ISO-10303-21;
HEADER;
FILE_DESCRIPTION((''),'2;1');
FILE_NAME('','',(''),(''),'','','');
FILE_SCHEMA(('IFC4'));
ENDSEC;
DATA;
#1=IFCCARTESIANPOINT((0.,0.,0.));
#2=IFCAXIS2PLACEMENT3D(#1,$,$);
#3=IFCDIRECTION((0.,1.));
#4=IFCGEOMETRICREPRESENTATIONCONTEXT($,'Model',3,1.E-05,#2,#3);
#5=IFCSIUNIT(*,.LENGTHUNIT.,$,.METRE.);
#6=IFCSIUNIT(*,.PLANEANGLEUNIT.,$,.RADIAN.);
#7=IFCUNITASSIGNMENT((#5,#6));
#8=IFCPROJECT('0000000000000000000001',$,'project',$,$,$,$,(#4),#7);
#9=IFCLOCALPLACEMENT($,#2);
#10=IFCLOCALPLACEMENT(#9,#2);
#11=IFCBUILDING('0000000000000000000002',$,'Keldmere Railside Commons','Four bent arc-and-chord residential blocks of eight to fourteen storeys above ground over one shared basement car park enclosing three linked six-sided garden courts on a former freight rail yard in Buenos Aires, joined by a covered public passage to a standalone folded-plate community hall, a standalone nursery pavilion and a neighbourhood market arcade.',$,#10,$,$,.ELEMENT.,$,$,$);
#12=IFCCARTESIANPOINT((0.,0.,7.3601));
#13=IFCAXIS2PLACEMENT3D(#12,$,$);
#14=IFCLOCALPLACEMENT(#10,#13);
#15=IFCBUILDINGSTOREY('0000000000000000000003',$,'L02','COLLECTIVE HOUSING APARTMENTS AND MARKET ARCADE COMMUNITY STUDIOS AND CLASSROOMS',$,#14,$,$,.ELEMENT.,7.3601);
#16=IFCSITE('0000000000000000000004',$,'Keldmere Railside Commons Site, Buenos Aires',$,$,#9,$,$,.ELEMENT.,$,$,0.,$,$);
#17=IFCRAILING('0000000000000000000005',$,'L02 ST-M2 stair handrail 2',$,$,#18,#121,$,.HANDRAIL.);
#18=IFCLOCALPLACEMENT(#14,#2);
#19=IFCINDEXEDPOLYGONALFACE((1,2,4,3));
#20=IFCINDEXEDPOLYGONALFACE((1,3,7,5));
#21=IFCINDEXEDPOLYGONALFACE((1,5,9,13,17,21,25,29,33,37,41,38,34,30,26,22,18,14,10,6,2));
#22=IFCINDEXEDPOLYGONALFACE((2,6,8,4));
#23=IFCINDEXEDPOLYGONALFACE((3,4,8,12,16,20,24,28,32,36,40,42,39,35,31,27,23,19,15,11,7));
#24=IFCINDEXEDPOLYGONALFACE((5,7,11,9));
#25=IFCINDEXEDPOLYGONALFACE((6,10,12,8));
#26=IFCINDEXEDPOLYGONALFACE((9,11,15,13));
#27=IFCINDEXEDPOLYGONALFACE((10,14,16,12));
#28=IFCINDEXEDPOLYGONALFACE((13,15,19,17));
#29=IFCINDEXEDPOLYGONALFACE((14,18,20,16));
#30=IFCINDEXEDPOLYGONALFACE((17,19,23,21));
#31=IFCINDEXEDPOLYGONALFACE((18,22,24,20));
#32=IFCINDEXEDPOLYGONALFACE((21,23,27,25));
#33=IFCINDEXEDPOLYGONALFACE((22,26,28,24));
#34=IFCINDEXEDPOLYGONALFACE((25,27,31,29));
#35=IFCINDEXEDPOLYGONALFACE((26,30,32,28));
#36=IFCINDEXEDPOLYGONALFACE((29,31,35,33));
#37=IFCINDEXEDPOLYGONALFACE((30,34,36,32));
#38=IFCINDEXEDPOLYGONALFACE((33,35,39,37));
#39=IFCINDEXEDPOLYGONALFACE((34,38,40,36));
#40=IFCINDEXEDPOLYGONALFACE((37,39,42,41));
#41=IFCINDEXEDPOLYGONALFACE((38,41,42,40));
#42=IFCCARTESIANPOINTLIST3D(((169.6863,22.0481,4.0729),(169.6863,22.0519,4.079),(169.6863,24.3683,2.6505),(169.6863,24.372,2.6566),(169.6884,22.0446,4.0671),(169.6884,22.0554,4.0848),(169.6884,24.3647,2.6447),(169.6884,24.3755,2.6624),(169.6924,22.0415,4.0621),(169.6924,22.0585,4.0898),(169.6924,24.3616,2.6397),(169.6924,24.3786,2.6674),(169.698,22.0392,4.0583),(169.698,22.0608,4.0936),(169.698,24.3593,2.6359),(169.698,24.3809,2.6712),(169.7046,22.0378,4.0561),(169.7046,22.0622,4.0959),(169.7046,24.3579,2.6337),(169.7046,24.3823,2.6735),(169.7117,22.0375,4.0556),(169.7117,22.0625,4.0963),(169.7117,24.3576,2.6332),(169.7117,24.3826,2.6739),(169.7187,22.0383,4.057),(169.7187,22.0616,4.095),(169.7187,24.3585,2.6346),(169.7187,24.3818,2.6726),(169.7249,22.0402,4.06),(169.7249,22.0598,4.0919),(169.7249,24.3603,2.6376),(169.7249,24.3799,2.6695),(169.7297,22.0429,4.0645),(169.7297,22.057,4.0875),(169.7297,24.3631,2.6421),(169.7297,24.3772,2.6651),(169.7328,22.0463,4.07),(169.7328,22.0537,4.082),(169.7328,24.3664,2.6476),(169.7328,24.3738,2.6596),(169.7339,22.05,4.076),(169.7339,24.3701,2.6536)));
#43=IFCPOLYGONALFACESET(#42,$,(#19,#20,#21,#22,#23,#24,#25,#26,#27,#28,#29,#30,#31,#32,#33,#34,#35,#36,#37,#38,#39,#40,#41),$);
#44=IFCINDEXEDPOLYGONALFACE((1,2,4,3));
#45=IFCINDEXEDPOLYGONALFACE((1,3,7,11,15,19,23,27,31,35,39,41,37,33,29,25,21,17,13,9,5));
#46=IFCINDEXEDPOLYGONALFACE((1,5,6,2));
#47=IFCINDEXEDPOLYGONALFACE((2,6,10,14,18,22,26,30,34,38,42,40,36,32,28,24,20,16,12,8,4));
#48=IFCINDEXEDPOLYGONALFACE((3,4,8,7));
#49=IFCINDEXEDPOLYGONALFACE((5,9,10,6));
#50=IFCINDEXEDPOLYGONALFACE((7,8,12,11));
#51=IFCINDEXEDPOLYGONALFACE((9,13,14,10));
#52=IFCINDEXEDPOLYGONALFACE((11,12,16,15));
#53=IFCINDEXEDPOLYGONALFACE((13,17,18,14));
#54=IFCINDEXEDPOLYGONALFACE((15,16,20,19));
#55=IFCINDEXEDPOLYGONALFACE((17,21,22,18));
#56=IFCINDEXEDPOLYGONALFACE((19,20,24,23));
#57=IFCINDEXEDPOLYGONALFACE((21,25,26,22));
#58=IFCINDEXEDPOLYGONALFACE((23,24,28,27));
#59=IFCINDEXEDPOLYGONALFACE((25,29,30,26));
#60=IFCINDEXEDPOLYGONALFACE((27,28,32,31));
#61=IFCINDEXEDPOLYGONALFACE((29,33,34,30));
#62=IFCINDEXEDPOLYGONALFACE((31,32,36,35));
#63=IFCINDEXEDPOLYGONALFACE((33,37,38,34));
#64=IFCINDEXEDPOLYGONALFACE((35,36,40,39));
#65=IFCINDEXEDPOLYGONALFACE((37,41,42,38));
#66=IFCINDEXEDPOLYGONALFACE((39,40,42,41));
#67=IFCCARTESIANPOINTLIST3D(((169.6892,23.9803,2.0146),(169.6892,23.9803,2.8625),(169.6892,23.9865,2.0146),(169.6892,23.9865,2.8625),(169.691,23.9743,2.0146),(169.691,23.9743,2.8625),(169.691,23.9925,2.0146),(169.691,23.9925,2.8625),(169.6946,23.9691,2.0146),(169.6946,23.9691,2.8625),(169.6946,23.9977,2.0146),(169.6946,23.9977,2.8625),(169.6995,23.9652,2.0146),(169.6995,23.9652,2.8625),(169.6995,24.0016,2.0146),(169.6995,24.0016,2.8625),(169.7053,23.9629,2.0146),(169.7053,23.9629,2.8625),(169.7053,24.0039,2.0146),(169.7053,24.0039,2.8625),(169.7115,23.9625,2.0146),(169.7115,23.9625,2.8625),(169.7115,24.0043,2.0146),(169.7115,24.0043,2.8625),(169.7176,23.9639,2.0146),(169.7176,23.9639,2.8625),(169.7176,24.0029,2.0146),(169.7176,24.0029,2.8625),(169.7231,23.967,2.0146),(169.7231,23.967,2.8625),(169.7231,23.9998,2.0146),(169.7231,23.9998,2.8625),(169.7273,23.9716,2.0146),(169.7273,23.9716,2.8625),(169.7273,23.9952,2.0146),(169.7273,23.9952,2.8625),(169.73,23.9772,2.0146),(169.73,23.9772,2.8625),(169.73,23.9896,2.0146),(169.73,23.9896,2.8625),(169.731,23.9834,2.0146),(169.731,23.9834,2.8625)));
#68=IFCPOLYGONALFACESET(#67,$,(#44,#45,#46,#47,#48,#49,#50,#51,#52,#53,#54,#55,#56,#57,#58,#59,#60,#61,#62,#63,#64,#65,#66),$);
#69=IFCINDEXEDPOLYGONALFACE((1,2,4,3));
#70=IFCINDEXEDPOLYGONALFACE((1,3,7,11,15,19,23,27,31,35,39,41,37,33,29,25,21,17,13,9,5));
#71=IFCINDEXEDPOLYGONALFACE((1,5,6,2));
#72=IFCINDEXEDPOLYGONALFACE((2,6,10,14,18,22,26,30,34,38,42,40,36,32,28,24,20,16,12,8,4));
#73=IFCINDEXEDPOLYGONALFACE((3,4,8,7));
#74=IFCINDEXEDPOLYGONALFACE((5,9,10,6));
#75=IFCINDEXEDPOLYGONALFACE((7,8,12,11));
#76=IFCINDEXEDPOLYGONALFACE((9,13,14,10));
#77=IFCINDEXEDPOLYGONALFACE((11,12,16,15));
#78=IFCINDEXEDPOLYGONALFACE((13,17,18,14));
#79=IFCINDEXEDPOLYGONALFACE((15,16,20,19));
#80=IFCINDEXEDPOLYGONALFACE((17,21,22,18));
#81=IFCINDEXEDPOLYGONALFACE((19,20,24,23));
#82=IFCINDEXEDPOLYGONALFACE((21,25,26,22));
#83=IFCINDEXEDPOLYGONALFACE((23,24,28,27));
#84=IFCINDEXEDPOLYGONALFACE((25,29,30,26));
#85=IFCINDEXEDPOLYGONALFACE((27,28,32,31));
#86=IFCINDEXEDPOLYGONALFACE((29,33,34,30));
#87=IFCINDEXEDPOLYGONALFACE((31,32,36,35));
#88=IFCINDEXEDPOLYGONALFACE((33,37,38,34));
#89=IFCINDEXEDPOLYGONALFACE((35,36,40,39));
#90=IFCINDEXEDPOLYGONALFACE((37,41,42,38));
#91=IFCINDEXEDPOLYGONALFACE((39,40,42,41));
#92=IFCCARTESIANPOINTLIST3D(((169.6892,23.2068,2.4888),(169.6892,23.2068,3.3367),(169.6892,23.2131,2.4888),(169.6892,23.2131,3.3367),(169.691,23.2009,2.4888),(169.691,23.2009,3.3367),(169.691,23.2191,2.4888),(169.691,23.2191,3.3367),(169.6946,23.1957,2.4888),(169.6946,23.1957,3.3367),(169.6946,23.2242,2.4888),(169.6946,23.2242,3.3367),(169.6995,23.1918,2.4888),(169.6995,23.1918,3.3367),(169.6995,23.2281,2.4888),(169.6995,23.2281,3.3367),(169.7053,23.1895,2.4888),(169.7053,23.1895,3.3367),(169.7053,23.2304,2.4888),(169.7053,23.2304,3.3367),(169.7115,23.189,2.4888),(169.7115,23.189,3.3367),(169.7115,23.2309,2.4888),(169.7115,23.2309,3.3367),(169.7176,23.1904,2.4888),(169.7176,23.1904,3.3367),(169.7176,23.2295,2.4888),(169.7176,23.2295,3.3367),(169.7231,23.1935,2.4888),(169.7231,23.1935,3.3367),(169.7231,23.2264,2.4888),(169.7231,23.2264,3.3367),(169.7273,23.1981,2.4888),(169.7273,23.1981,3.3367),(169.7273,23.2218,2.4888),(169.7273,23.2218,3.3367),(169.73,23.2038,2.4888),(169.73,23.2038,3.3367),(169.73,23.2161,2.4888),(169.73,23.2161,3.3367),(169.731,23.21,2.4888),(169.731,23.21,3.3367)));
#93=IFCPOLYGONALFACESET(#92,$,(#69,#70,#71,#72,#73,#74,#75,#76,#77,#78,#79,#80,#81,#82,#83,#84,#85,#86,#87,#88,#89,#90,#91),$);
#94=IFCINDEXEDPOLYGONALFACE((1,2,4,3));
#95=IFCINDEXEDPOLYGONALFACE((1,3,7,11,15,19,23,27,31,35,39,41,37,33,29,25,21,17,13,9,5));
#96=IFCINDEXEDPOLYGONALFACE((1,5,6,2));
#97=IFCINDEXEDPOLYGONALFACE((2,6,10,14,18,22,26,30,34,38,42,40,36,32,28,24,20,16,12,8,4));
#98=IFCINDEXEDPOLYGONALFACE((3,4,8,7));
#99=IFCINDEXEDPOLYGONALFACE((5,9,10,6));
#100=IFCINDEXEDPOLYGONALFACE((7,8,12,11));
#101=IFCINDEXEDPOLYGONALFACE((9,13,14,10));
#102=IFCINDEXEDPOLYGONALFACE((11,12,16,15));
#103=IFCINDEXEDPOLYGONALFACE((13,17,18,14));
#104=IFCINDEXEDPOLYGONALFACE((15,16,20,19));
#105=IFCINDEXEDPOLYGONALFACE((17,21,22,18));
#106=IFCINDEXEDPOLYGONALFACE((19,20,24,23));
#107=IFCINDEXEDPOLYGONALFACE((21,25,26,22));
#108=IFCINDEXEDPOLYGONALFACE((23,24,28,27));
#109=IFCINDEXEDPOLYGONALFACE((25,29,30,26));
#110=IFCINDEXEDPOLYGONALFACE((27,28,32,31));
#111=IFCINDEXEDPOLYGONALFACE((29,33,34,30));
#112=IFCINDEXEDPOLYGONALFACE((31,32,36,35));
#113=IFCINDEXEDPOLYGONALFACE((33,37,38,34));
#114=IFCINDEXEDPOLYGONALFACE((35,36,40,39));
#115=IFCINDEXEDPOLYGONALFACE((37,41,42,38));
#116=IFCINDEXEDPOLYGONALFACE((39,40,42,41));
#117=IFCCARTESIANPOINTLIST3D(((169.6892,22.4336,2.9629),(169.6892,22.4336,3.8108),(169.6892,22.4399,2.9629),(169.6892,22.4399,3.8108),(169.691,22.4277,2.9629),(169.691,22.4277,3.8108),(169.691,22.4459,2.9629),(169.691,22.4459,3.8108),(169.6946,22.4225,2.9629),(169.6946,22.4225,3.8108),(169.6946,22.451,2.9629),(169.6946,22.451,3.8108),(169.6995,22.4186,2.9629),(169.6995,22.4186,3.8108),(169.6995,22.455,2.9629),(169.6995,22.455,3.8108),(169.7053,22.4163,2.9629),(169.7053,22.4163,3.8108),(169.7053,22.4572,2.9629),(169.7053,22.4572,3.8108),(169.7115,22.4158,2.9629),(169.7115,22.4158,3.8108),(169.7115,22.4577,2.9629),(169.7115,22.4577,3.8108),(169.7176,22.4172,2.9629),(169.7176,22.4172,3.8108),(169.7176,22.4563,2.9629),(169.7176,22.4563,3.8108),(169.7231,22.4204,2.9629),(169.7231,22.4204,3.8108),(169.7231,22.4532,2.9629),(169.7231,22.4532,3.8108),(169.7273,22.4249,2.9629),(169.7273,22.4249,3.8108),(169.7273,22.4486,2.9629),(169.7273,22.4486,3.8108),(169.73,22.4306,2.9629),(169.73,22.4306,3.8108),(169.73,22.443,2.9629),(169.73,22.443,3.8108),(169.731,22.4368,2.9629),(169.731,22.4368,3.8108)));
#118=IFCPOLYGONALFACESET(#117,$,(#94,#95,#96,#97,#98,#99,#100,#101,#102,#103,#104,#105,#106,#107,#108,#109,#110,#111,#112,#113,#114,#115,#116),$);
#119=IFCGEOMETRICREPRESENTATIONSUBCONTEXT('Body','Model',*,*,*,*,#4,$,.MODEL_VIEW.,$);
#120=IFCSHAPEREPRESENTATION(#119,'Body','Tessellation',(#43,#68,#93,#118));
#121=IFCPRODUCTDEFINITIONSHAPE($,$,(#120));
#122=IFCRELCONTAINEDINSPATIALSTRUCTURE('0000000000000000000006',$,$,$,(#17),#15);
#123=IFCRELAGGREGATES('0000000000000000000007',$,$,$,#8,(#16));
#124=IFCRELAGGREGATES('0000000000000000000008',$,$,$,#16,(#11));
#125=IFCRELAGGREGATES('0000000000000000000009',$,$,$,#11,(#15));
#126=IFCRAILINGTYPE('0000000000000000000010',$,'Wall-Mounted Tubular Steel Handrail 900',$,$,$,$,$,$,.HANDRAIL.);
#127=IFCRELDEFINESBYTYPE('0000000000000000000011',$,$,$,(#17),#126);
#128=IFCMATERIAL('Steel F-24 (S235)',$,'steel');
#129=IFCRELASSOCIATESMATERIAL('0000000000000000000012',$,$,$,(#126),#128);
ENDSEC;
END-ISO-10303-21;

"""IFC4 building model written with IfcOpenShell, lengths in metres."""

from ifc_helpers import new_model, si_unit, direction, frame, origin, origin_2d, place, context, subcontext, project, spatial, circle, extrude, material, type_object, element, save


model = new_model("IFC4")

# Units and contexts
model_context = context("Model", 3, precision=1e-05, world=origin(), true_north=direction((0.0, 1.0)))
body_context = subcontext(model_context, "Body", "Model", "MODEL_VIEW")
ifc_project = project(units=[si_unit("LENGTHUNIT", "METRE"), si_unit("PLANEANGLEUNIT", "RADIAN")], contexts=[model_context])

# Site, building, storey
site_placement = place(None, origin())
site = spatial("IfcSite", under=ifc_project, at=site_placement, Name="Keldmere Railside Commons Site, Buenos Aires", CompositionType="ELEMENT", RefElevation=0.0)
building_placement = place(site_placement, origin())
building = spatial("IfcBuilding", under=site, at=building_placement, Name="Keldmere Railside Commons", Description="Four bent arc-and-chord residential blocks of eight to fourteen storeys above ground over one shared basement car park enclosing three linked six-sided garden courts on a former freight rail yard in Buenos Aires, joined by a covered public passage to a standalone folded-plate community hall, a standalone nursery pavilion and a neighbourhood market arcade.", CompositionType="ELEMENT")
storey_placement = place(building_placement, frame((0.0, 0.0, 7.3601)))
storey = spatial("IfcBuildingStorey", under=building, at=storey_placement, Name="L02", Description="COLLECTIVE HOUSING APARTMENTS AND MARKET ARCADE COMMUNITY STUDIOS AND CLASSROOMS", CompositionType="ELEMENT", Elevation=7.3601)

# Shared definitions
ifc_material_1 = material(Name="Steel F-24 (S235)", Category="steel")

# Railing
railing_type_1 = type_object("IfcRailingType", Name="Wall-Mounted Tubular Steel Handrail 900", PredefinedType="HANDRAIL", material=ifc_material_1)
railing_1_placement = place(storey_placement, frame((169.71, 24.3701, 1.7776)))
element("IfcRailing", 1, at=railing_1_placement, inside=storey, type_object=railing_type_1, Name="L02 ST-M2 stair handrail 2", PredefinedType="HANDRAIL", context=body_context, shape_type="SweptSolid", body=[
    extrude(circle(Radius=0.0239, at=origin_2d()), frame((0.0, 0.0, 0.876), z_axis=(0.0, -0.852538, 0.522665), x_axis=(1.0, 0.0, 0.0)), (0.0, 0.0, 1.0), 2.7214),
    extrude(circle(Radius=0.021, at=origin_2d()), frame((0.0, -0.3867, 0.2371)), (0.0, 0.0, 1.0), 0.8479),
    extrude(circle(Radius=0.021, at=origin_2d()), frame((0.0, -1.1602, 0.7112)), (0.0, 0.0, 1.0), 0.8479),
    extrude(circle(Radius=0.021, at=origin_2d()), frame((0.0, -1.9333, 1.1853)), (0.0, 0.0, 1.0), 0.8479),
])

save(model, "model.ifc")
